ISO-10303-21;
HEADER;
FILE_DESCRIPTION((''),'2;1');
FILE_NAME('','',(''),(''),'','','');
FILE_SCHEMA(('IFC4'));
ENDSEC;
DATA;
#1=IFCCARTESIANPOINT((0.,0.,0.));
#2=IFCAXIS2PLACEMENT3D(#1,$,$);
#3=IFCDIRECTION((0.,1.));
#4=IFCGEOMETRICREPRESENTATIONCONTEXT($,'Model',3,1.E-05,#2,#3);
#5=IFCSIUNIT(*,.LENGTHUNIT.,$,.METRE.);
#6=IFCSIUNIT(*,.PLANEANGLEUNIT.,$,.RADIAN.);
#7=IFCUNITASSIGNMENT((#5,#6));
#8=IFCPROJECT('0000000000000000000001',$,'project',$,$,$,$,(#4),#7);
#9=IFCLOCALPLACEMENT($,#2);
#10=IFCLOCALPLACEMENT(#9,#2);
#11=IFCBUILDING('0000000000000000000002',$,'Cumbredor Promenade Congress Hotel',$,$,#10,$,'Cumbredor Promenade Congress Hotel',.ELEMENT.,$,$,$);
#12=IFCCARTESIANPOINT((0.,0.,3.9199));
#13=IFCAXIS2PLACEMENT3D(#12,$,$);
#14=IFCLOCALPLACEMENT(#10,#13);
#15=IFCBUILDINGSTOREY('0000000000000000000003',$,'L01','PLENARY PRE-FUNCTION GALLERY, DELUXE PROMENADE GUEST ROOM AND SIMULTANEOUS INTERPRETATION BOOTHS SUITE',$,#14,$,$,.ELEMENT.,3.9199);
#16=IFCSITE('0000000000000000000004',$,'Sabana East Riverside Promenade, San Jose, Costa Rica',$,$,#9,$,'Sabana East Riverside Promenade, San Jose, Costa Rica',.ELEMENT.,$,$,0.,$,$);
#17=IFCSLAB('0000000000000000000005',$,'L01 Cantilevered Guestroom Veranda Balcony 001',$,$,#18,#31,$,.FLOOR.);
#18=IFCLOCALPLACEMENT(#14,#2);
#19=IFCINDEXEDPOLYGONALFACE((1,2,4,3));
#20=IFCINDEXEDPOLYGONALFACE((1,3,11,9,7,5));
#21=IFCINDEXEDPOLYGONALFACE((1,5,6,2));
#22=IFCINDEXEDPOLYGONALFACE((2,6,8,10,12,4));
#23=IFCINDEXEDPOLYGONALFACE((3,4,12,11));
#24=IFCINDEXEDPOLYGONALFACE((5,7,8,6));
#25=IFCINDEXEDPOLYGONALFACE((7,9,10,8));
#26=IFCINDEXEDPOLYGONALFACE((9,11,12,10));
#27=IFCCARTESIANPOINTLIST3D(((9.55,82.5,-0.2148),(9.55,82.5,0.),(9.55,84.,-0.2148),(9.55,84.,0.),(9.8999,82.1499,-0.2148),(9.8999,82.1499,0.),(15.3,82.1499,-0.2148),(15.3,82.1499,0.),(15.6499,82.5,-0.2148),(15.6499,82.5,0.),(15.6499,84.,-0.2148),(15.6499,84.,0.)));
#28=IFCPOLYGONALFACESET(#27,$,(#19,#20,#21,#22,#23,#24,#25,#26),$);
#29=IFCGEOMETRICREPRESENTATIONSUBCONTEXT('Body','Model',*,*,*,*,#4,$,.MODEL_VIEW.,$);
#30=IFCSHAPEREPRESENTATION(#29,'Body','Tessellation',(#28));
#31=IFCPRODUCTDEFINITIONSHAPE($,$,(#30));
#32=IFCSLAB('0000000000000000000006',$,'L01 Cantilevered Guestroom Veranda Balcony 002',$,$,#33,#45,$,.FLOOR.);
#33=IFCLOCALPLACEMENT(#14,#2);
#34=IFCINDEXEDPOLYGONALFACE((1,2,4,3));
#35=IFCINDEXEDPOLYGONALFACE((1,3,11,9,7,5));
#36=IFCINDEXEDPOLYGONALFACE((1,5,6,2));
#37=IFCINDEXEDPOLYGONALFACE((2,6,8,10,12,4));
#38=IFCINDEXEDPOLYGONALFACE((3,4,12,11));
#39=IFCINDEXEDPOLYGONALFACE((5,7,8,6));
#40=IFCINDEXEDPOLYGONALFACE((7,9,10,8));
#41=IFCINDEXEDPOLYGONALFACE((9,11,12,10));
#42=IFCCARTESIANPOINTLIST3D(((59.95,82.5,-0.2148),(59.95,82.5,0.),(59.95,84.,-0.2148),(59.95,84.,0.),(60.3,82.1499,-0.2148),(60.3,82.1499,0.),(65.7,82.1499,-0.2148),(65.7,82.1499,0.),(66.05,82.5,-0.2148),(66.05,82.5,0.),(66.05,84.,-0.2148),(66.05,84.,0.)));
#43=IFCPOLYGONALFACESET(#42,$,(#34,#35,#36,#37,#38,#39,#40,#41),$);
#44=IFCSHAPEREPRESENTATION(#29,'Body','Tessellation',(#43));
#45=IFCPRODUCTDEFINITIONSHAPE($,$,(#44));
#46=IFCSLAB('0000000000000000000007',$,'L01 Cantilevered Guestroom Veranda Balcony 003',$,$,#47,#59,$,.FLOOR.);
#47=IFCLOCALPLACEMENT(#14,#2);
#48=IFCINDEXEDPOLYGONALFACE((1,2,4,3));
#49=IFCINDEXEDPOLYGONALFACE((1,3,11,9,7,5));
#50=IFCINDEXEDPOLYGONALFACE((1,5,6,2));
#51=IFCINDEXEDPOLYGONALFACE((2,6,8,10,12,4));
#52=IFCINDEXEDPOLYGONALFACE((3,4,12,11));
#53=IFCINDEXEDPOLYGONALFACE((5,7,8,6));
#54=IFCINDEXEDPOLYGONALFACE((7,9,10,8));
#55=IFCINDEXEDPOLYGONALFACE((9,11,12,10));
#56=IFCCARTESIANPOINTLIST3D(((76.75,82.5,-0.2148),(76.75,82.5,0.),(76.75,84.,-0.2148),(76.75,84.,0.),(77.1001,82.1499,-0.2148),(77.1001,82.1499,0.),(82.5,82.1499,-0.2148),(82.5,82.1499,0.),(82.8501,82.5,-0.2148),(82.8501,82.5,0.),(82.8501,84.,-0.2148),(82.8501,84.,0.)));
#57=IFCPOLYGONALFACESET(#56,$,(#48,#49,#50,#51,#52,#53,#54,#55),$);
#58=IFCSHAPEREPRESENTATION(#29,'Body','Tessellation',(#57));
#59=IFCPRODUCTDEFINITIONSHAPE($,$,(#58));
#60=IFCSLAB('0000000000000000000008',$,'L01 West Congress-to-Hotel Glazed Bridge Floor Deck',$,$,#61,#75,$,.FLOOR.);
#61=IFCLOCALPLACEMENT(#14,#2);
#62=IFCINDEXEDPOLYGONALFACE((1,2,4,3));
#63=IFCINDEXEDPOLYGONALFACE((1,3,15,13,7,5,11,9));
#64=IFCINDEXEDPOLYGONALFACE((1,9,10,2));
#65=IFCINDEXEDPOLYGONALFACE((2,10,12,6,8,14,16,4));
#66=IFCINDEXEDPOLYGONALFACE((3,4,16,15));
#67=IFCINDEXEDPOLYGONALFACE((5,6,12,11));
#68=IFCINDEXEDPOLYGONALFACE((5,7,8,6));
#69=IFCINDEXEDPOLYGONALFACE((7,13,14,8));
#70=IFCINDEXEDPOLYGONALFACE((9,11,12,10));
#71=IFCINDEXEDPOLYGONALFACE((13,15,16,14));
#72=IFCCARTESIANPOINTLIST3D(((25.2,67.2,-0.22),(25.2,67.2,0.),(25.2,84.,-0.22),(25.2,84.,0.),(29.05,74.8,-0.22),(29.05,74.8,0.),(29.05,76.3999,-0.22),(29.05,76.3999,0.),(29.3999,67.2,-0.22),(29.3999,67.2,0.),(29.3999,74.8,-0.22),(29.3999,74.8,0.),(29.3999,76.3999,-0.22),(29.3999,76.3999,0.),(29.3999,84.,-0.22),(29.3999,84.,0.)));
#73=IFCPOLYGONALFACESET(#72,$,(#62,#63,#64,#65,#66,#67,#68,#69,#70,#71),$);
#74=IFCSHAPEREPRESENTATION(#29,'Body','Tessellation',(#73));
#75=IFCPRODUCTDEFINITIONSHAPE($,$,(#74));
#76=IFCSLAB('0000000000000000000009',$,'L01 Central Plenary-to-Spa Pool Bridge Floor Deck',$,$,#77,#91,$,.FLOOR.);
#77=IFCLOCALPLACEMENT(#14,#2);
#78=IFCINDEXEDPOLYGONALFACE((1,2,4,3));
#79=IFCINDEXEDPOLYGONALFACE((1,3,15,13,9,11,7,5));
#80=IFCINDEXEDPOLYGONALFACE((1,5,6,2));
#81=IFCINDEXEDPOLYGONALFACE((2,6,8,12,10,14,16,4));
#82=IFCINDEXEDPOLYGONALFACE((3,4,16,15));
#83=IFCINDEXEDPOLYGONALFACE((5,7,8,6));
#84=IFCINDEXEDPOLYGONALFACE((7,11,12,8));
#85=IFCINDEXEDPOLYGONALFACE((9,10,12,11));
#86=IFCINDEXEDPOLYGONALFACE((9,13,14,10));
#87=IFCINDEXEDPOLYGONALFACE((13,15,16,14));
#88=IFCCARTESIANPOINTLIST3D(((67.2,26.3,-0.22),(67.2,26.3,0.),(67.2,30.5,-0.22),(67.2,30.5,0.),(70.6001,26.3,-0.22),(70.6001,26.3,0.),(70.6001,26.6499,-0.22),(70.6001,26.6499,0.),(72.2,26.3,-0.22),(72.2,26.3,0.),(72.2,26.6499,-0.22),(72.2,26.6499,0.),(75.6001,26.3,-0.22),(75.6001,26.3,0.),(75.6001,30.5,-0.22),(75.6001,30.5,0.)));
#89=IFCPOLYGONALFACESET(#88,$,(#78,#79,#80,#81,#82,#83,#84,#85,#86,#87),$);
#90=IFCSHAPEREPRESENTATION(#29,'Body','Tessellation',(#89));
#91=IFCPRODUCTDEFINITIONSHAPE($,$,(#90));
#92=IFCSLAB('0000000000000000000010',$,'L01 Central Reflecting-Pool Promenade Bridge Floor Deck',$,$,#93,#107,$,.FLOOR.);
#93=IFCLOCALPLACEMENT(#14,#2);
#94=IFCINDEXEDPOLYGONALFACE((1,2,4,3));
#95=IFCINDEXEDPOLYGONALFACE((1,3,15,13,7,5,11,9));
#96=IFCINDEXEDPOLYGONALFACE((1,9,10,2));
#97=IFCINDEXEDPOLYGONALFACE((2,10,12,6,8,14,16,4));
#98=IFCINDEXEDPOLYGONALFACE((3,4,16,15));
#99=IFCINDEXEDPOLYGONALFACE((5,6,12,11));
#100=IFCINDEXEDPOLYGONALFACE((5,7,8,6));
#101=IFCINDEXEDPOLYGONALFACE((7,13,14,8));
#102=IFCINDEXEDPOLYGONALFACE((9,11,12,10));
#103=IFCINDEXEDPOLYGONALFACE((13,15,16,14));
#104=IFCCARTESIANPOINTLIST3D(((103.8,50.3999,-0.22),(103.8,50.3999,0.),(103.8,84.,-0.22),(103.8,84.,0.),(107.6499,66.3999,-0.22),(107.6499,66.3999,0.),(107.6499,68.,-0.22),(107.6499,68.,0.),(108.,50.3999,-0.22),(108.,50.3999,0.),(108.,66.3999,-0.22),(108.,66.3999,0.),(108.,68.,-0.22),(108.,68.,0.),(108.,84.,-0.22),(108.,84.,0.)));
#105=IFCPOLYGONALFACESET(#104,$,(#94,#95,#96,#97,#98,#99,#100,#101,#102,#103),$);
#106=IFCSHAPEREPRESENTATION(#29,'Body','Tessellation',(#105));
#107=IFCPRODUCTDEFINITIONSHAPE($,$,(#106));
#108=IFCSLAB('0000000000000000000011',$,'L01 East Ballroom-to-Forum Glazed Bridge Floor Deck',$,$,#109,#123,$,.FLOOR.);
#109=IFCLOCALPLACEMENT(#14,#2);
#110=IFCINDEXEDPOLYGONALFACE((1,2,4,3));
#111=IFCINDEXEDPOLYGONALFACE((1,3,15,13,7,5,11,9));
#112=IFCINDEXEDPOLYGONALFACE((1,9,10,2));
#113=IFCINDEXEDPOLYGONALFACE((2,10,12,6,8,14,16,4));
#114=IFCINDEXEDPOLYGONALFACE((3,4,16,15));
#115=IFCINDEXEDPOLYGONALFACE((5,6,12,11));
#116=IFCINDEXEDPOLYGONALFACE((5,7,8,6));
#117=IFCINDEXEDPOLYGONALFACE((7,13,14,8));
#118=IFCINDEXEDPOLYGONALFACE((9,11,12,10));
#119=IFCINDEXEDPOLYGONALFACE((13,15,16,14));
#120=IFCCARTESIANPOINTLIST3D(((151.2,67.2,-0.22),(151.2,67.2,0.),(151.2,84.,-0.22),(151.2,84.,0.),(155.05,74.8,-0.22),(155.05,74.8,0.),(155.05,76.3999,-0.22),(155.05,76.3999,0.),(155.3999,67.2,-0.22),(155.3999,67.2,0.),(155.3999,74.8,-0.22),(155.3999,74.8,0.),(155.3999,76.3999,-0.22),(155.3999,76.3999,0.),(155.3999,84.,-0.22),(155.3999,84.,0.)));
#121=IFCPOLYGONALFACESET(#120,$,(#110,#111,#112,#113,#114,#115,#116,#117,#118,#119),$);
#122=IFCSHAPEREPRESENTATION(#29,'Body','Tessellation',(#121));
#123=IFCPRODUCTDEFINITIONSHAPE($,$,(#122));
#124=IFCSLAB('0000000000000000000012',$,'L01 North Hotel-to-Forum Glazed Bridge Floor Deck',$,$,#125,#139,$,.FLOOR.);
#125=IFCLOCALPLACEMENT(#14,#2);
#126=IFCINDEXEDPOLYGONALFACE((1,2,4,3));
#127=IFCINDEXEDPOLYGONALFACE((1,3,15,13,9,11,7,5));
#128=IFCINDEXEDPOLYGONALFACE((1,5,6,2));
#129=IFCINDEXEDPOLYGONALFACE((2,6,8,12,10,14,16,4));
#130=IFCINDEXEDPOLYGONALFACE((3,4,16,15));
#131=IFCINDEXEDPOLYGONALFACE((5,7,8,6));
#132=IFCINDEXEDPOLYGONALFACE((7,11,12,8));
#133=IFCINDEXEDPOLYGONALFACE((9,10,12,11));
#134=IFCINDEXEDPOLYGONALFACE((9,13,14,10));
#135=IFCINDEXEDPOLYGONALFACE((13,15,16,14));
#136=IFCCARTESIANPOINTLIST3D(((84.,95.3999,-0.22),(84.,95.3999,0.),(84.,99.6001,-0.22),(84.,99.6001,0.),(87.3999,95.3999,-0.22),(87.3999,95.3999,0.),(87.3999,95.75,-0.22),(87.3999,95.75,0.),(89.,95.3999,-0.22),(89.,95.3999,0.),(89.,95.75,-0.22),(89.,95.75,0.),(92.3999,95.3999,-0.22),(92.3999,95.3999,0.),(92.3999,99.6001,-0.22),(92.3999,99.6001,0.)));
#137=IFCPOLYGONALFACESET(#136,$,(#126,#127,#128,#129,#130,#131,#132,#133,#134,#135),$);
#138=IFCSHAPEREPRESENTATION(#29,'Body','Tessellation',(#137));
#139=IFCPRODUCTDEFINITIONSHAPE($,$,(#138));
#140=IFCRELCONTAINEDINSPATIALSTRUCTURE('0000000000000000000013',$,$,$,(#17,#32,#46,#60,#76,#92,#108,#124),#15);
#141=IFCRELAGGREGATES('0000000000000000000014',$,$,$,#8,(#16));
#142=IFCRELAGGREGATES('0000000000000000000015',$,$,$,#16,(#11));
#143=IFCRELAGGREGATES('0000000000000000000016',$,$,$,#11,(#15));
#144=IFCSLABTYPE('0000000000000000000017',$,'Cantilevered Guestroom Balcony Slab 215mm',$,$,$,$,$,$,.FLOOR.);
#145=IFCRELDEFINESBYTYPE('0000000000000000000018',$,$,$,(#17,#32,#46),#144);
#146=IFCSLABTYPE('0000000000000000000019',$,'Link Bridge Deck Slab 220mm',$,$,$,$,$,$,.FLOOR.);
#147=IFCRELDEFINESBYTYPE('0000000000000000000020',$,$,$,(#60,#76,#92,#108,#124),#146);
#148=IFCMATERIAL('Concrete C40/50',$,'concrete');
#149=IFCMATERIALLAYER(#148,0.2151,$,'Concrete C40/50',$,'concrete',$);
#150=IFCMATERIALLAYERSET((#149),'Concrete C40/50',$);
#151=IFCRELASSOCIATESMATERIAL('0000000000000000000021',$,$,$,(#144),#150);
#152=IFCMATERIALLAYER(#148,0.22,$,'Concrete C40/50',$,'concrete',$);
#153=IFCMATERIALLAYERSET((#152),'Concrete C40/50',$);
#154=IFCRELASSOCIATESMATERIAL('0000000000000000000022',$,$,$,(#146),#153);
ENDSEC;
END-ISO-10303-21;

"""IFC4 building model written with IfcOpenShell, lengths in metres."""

from ifc_helpers import new_model, si_unit, direction, frame, origin, place, context, subcontext, project, spatial, polyline, outline, extrude, material, layer, layer_set, type_object, element, save


model = new_model("IFC4")

# Units and contexts
model_context = context("Model", 3, precision=1e-05, world=origin(), true_north=direction((0.0, 1.0)))
body_context = subcontext(model_context, "Body", "Model", "MODEL_VIEW")
ifc_project = project(units=[si_unit("LENGTHUNIT", "METRE"), si_unit("PLANEANGLEUNIT", "RADIAN")], contexts=[model_context])

# Site, building, storey
site_placement = place(None, origin())
site = spatial("IfcSite", under=ifc_project, at=site_placement, Name="Sabana East Riverside Promenade, San Jose, Costa Rica", LongName="Sabana East Riverside Promenade, San Jose, Costa Rica", CompositionType="ELEMENT", RefElevation=0.0)
building_placement = place(site_placement, origin())
building = spatial("IfcBuilding", under=site, at=building_placement, Name="Cumbredor Promenade Congress Hotel", LongName="Cumbredor Promenade Congress Hotel", CompositionType="ELEMENT")
storey_placement = place(building_placement, frame((0.0, 0.0, 3.9199)))
storey = spatial("IfcBuildingStorey", under=building, at=storey_placement, Name="L01", Description="PLENARY PRE-FUNCTION GALLERY, DELUXE PROMENADE GUEST ROOM AND SIMULTANEOUS INTERPRETATION BOOTHS SUITE", CompositionType="ELEMENT", Elevation=3.9199)

# Slabs
ifc_material_1 = material(Name="Concrete C40/50", Category="concrete")
ifc_layer_1 = layer(ifc_material_1, 0.2151, Name="Concrete C40/50", Category="concrete")
ifc_layer_set_1 = layer_set([ifc_layer_1], Name="Concrete C40/50")
slab_type_1 = type_object("IfcSlabType", Name="Cantilevered Guestroom Balcony Slab 215mm", PredefinedType="FLOOR", material=ifc_layer_set_1)
slab_1_placement = place(storey_placement, frame((0.0, 0.0, -0.2148)))
element("IfcSlab", 1, at=slab_1_placement, inside=storey, type_object=slab_type_1, Name="L01 Cantilevered Guestroom Veranda Balcony 001", PredefinedType="FLOOR", context=body_context, shape_type="SweptSolid", body=[
    extrude(outline(polyline([(9.8999, 82.1499), (15.3, 82.1499), (15.6499, 82.5), (15.6499, 84.0), (9.55, 84.0), (9.55, 82.5), (9.8999, 82.1499)])), origin(), (0.0, 0.0, 1.0), 0.2148),
])
slab_2_placement = place(storey_placement, frame((0.0, 0.0, -0.2148)))
element("IfcSlab", 2, at=slab_2_placement, inside=storey, type_object=slab_type_1, Name="L01 Cantilevered Guestroom Veranda Balcony 002", PredefinedType="FLOOR", context=body_context, shape_type="SweptSolid", body=[
    extrude(outline(polyline([(60.3, 82.1499), (65.7, 82.1499), (66.05, 82.5), (66.05, 84.0), (59.95, 84.0), (59.95, 82.5), (60.3, 82.1499)])), origin(), (0.0, 0.0, 1.0), 0.2148),
])
slab_3_placement = place(storey_placement, frame((0.0, 0.0, -0.2148)))
element("IfcSlab", 3, at=slab_3_placement, inside=storey, type_object=slab_type_1, Name="L01 Cantilevered Guestroom Veranda Balcony 003", PredefinedType="FLOOR", context=body_context, shape_type="SweptSolid", body=[
    extrude(outline(polyline([(77.1001, 82.1499), (82.5, 82.1499), (82.8501, 82.5), (82.8501, 84.0), (76.75, 84.0), (76.75, 82.5), (77.1001, 82.1499)])), origin(), (0.0, 0.0, 1.0), 0.2148),
])
ifc_layer_2 = layer(ifc_material_1, 0.22, Name="Concrete C40/50", Category="concrete")
ifc_layer_set_2 = layer_set([ifc_layer_2], Name="Concrete C40/50")
slab_type_2 = type_object("IfcSlabType", Name="Link Bridge Deck Slab 220mm", PredefinedType="FLOOR", material=ifc_layer_set_2)
slab_4_placement = place(storey_placement, frame((0.0, 0.0, -0.22)))
element("IfcSlab", 4, at=slab_4_placement, inside=storey, type_object=slab_type_2, Name="L01 West Congress-to-Hotel Glazed Bridge Floor Deck", PredefinedType="FLOOR", context=body_context, shape_type="SweptSolid", body=[
    extrude(outline(polyline([(25.2, 67.2), (29.3999, 67.2), (29.3999, 74.8), (29.05, 74.8), (29.05, 76.3999), (29.3999, 76.3999), (29.3999, 84.0), (25.2, 84.0), (25.2, 67.2)])), origin(), (0.0, 0.0, 1.0), 0.22),
])
slab_5_placement = place(storey_placement, frame((0.0, 0.0, -0.22)))
element("IfcSlab", 5, at=slab_5_placement, inside=storey, type_object=slab_type_2, Name="L01 Central Plenary-to-Spa Pool Bridge Floor Deck", PredefinedType="FLOOR", context=body_context, shape_type="SweptSolid", body=[
    extrude(outline(polyline([(67.2, 26.3), (70.6001, 26.3), (70.6001, 26.6499), (72.2, 26.6499), (72.2, 26.3), (75.6001, 26.3), (75.6001, 30.5), (67.2, 30.5), (67.2, 26.3)])), origin(), (0.0, 0.0, 1.0), 0.22),
])
slab_6_placement = place(storey_placement, frame((0.0, 0.0, -0.22)))
element("IfcSlab", 6, at=slab_6_placement, inside=storey, type_object=slab_type_2, Name="L01 Central Reflecting-Pool Promenade Bridge Floor Deck", PredefinedType="FLOOR", context=body_context, shape_type="SweptSolid", body=[
    extrude(outline(polyline([(103.8, 50.3999), (108.0, 50.3999), (108.0, 66.3999), (107.6499, 66.3999), (107.6499, 68.0), (108.0, 68.0), (108.0, 84.0), (103.8, 84.0), (103.8, 50.3999)])), origin(), (0.0, 0.0, 1.0), 0.22),
])
slab_7_placement = place(storey_placement, frame((0.0, 0.0, -0.22)))
element("IfcSlab", 7, at=slab_7_placement, inside=storey, type_object=slab_type_2, Name="L01 East Ballroom-to-Forum Glazed Bridge Floor Deck", PredefinedType="FLOOR", context=body_context, shape_type="SweptSolid", body=[
    extrude(outline(polyline([(151.2, 67.2), (155.3999, 67.2), (155.3999, 74.8), (155.05, 74.8), (155.05, 76.3999), (155.3999, 76.3999), (155.3999, 84.0), (151.2, 84.0), (151.2, 67.2)])), origin(), (0.0, 0.0, 1.0), 0.22),
])
slab_8_placement = place(storey_placement, frame((0.0, 0.0, -0.22)))
element("IfcSlab", 8, at=slab_8_placement, inside=storey, type_object=slab_type_2, Name="L01 North Hotel-to-Forum Glazed Bridge Floor Deck", PredefinedType="FLOOR", context=body_context, shape_type="SweptSolid", body=[
    extrude(outline(polyline([(84.0, 95.3999), (87.3999, 95.3999), (87.3999, 95.75), (89.0, 95.75), (89.0, 95.3999), (92.3999, 95.3999), (92.3999, 99.6001), (84.0, 99.6001), (84.0, 95.3999)])), origin(), (0.0, 0.0, 1.0), 0.22),
])

save(model, "model.ifc")
